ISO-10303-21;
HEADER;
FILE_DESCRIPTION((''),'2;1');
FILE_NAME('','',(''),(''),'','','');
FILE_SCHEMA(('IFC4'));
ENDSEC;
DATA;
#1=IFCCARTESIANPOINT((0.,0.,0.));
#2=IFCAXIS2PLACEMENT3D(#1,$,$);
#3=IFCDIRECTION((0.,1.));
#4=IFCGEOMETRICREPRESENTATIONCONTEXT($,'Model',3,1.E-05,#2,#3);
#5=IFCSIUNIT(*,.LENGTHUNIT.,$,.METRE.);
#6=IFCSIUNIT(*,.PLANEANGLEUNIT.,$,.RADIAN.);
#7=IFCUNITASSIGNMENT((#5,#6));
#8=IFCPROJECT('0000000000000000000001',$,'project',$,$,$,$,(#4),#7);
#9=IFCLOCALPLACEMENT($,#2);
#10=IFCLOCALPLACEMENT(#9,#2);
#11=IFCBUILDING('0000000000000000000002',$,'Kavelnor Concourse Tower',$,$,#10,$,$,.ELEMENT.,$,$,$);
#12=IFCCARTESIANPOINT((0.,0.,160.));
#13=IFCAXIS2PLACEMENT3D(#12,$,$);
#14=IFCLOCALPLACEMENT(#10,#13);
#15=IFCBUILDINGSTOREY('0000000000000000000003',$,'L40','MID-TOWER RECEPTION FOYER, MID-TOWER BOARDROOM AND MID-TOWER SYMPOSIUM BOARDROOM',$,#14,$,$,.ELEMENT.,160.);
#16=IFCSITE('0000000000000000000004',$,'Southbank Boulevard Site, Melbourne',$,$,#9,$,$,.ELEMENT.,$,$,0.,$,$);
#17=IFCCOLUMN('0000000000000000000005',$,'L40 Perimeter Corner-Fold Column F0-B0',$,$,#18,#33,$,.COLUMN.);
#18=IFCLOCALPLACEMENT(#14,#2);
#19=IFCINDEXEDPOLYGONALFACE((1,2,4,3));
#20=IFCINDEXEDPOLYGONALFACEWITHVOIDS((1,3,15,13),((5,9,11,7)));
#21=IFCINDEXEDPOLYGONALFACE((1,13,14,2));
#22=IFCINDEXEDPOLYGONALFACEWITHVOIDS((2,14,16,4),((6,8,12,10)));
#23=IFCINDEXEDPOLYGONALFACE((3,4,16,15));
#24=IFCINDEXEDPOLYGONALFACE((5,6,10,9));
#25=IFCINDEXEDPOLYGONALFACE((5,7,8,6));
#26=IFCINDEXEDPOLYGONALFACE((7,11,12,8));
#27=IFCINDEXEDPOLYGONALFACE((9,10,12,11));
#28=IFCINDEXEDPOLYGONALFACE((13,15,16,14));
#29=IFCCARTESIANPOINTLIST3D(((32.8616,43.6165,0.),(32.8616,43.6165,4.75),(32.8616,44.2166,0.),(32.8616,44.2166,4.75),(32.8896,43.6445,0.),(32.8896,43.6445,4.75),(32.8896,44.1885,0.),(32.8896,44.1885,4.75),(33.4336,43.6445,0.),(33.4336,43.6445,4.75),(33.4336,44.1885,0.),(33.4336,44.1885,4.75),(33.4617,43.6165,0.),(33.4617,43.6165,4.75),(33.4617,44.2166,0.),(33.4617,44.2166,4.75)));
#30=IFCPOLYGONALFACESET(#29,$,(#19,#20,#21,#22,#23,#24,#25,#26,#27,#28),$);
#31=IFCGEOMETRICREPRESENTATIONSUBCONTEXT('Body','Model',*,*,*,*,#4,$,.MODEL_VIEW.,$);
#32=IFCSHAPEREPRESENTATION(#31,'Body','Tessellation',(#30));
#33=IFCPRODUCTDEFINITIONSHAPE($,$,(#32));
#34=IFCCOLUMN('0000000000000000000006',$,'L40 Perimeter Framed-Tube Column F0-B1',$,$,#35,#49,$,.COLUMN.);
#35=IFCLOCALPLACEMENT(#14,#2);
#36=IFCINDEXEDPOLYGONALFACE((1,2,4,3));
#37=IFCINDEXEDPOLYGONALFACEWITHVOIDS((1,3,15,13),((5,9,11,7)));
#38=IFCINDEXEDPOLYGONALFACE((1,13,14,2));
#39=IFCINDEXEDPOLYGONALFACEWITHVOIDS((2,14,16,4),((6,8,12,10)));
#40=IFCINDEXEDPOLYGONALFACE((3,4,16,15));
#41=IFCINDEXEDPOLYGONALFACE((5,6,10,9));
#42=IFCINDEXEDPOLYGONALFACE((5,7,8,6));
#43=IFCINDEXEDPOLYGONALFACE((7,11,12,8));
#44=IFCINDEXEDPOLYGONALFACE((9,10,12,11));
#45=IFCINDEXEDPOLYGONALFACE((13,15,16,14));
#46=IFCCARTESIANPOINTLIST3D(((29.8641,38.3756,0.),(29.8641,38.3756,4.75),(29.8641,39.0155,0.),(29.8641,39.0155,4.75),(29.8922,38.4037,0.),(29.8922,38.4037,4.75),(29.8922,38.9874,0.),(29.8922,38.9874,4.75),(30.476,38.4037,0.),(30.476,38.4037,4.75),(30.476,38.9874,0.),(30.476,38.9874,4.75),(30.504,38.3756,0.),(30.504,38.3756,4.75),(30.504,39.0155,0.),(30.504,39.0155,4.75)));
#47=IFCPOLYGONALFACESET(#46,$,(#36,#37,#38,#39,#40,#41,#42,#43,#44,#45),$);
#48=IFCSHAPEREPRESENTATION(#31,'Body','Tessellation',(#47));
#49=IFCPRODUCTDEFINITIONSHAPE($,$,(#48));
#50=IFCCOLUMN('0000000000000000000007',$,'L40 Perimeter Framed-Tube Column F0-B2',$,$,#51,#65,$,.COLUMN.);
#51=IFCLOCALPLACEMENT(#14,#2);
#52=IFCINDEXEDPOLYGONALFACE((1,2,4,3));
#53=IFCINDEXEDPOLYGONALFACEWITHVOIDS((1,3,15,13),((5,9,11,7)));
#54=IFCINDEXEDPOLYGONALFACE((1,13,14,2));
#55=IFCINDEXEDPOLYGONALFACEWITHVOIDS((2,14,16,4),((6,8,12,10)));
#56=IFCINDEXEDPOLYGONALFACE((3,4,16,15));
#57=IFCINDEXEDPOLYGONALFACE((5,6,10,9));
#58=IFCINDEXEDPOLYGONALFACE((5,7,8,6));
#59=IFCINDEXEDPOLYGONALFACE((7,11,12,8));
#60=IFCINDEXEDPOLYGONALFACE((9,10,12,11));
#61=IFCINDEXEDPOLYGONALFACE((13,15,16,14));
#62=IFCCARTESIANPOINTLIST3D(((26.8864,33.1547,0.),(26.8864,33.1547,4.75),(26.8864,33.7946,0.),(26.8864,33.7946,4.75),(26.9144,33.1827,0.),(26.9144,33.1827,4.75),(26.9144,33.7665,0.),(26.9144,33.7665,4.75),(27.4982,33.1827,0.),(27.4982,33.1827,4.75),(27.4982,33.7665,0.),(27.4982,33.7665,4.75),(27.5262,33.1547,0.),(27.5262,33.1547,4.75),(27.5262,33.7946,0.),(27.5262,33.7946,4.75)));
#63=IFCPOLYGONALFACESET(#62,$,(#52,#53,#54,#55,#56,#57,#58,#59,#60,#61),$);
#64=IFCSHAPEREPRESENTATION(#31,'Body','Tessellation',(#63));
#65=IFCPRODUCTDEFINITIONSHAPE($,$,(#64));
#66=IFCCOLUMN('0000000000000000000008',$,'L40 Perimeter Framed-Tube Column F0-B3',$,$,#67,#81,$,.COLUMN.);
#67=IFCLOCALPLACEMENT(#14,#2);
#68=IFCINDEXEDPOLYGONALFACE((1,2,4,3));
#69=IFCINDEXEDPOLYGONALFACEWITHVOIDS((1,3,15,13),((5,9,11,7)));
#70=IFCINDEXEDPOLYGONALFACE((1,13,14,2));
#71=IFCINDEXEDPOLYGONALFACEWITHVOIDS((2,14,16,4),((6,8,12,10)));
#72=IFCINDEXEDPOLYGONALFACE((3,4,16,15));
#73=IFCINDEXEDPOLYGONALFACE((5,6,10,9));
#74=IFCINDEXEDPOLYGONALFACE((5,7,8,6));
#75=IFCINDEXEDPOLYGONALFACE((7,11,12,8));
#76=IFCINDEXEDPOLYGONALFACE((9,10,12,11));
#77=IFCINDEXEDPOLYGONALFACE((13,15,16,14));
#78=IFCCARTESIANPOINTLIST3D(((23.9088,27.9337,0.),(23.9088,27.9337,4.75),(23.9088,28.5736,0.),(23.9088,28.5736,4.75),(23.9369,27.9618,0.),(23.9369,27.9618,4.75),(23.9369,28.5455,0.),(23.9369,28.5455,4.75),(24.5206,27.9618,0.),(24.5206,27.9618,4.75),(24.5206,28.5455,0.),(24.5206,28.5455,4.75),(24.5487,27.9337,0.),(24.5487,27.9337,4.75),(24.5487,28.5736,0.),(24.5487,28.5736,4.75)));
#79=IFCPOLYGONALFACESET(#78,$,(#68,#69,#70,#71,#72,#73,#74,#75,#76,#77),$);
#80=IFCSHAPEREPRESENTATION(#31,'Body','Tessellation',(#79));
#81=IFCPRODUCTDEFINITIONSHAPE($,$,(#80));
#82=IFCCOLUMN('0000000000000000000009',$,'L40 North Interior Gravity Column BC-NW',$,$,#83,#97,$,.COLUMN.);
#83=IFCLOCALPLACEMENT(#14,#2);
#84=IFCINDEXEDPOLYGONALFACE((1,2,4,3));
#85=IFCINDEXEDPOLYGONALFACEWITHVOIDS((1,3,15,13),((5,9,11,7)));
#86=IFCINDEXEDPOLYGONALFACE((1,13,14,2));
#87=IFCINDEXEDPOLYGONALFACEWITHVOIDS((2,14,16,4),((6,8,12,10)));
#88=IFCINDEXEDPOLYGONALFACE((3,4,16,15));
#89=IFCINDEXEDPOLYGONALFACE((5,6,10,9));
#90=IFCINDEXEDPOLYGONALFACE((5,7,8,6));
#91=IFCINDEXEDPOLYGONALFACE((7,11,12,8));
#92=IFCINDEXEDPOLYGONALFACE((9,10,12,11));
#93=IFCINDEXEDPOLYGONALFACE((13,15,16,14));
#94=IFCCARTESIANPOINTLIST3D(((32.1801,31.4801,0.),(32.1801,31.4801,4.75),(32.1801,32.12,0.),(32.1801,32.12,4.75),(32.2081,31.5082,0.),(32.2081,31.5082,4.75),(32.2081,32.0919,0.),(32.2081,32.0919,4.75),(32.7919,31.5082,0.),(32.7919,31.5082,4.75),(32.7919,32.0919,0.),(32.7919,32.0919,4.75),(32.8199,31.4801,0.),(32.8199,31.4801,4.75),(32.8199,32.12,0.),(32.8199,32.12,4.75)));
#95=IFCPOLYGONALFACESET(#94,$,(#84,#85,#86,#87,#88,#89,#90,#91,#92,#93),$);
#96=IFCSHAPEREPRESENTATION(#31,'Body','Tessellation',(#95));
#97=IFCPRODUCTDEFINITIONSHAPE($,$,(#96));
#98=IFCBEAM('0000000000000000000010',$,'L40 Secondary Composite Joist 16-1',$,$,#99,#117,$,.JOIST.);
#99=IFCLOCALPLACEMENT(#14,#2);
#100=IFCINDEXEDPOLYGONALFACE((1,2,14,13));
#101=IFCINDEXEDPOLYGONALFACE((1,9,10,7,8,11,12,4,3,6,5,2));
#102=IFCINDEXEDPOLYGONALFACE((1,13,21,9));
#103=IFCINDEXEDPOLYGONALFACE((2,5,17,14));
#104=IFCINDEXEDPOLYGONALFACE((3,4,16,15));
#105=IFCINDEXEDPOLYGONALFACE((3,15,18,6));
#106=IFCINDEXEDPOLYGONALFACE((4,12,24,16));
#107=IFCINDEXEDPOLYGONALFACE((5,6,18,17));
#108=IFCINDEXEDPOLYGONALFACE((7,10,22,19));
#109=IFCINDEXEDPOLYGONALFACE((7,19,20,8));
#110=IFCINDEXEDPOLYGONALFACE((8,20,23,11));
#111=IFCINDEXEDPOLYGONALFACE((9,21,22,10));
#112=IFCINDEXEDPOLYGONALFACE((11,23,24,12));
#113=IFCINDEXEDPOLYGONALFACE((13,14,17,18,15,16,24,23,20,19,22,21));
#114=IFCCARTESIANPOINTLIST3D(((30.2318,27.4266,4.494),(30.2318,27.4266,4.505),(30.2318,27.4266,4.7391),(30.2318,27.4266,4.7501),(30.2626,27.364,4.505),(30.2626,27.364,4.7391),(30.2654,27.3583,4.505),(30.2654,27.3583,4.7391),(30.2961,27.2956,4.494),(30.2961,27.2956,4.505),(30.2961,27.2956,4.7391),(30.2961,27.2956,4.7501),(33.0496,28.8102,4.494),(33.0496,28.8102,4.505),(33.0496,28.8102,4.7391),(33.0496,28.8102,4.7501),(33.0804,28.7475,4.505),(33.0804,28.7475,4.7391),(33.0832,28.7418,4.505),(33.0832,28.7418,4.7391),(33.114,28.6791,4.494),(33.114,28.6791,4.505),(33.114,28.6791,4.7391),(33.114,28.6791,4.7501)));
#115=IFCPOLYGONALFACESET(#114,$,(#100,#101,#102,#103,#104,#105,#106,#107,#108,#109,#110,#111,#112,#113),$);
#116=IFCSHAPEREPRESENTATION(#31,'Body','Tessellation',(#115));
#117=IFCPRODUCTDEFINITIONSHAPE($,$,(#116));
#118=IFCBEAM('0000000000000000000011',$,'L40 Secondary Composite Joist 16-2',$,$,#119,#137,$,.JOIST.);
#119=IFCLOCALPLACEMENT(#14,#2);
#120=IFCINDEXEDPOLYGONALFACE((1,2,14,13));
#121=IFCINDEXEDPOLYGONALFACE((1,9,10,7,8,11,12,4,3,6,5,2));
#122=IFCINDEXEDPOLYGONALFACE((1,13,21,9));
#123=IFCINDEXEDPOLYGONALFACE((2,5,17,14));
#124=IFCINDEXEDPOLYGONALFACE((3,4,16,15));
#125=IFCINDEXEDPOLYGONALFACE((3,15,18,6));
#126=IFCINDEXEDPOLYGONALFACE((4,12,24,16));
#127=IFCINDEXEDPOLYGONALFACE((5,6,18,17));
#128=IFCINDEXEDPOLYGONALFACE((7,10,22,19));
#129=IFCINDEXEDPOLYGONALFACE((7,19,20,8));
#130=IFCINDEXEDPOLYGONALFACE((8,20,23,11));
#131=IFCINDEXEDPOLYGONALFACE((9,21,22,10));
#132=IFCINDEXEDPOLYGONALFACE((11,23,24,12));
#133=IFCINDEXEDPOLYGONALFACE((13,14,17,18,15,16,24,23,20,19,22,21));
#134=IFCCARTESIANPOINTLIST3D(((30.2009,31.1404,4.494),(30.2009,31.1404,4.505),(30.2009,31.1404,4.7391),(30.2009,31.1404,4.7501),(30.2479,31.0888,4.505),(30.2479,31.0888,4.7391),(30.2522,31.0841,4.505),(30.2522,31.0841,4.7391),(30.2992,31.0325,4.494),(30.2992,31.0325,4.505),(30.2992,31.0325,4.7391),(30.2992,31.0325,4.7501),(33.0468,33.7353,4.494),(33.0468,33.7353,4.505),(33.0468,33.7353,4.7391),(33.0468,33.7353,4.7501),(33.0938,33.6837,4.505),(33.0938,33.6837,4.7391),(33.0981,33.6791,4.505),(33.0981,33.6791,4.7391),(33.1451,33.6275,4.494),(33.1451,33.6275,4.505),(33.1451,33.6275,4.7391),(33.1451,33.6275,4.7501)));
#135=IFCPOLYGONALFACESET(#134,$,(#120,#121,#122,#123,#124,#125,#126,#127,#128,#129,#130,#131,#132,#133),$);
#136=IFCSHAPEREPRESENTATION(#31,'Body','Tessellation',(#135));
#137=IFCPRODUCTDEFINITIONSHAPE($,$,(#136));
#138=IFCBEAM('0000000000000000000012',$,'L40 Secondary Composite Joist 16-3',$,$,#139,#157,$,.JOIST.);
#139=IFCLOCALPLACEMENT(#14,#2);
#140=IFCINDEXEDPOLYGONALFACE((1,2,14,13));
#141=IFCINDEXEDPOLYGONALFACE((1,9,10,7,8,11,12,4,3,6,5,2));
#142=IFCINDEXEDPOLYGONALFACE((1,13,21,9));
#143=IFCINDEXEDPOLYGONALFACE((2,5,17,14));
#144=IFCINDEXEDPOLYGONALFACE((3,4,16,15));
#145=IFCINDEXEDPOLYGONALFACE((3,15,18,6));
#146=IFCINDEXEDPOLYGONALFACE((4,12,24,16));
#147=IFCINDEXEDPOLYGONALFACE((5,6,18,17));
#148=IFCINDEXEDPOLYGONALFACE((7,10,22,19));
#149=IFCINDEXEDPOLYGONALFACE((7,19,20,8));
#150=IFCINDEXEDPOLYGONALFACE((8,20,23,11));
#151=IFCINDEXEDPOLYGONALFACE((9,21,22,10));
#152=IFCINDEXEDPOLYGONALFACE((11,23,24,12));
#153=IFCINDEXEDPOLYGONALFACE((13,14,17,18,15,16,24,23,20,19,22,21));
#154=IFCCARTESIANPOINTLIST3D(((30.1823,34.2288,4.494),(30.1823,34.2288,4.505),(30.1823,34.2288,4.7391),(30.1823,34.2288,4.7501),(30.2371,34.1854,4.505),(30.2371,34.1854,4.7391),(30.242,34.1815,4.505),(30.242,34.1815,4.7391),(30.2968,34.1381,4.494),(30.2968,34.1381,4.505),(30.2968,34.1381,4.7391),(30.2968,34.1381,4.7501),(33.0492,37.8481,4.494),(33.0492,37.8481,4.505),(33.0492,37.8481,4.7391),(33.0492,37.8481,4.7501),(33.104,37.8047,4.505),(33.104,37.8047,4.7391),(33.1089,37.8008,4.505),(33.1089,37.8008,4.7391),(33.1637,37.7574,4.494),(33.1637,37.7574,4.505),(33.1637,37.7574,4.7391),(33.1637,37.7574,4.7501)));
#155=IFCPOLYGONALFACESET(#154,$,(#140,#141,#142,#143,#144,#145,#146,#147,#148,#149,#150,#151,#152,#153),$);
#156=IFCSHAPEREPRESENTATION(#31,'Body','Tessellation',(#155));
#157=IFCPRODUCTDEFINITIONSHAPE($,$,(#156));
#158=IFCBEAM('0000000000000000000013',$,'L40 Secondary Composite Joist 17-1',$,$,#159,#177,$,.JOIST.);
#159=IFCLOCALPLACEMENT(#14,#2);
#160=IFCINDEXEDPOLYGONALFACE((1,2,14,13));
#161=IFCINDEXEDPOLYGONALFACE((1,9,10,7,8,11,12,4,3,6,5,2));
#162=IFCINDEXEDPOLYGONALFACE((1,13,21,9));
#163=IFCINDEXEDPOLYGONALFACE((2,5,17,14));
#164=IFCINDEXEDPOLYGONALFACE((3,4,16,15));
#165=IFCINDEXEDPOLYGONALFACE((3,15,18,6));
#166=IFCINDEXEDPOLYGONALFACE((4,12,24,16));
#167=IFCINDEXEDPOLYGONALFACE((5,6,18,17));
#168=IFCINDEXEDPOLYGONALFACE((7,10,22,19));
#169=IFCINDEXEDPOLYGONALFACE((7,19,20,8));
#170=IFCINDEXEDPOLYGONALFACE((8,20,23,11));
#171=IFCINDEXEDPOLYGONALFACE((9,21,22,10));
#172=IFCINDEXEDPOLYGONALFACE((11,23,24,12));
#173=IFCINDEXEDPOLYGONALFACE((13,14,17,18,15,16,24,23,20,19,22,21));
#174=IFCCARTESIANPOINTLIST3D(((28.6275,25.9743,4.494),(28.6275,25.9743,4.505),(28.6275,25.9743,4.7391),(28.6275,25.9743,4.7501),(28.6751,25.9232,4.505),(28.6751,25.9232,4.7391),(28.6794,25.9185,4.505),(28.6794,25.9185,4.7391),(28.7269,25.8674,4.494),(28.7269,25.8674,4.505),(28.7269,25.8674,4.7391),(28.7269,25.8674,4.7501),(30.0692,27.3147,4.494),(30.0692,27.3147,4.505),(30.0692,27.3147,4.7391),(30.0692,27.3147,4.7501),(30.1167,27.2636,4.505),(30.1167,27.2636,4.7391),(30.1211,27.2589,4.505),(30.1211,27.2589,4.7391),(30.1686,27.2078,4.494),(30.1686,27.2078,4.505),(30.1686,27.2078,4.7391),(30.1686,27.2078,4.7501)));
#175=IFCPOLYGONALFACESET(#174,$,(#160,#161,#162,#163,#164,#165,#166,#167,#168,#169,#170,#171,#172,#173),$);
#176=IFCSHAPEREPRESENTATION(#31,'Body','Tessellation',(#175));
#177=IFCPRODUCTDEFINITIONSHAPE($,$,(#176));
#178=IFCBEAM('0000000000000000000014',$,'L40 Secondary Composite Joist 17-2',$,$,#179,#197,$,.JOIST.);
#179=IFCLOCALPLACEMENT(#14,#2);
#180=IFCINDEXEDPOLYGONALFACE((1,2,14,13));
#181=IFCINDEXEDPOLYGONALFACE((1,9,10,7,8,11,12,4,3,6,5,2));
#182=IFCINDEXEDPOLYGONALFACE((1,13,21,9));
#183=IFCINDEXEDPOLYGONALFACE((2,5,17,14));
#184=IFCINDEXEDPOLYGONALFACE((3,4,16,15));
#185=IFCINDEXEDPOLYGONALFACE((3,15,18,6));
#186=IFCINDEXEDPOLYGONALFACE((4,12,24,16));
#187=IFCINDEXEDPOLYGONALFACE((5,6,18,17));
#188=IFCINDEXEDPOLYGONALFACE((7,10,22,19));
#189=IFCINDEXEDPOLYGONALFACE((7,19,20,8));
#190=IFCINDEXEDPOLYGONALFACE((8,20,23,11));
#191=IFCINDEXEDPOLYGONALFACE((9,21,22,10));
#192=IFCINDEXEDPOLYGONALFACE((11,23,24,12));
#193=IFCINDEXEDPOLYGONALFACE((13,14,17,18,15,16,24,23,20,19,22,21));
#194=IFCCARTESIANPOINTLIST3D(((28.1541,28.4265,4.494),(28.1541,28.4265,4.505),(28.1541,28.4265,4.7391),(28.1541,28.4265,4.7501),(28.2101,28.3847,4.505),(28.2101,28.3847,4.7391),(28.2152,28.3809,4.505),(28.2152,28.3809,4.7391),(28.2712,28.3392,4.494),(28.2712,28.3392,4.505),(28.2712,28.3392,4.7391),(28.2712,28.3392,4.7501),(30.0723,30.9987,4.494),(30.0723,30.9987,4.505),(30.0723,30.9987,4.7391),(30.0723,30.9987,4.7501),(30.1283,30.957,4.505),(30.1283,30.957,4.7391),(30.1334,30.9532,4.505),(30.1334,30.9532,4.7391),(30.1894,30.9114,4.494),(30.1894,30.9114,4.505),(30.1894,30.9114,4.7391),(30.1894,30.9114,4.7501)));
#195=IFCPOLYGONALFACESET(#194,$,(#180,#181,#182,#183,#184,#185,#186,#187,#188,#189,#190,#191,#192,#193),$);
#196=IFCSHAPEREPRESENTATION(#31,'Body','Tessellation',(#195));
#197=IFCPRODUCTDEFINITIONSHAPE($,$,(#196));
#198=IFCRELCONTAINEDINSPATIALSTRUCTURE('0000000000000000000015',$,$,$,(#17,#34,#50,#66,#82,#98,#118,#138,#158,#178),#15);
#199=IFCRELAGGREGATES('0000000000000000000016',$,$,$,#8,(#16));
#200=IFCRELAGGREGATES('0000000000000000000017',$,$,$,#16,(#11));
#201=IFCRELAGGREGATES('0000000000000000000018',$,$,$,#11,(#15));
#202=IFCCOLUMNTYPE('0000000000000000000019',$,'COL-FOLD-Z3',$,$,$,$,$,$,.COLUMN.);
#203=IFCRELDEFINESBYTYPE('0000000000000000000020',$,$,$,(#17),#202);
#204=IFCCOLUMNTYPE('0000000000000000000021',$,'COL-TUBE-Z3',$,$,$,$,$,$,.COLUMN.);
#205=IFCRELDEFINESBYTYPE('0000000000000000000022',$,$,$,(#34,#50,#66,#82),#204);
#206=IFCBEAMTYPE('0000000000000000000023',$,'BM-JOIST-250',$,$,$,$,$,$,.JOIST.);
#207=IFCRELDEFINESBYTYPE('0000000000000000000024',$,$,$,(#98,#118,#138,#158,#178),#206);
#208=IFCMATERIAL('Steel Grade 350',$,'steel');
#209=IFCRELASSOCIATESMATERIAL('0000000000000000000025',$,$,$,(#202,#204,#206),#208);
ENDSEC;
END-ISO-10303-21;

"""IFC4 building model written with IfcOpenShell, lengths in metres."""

from ifc_helpers import new_model, si_unit, direction, frame, origin, origin_2d, place, context, subcontext, project, spatial, hollow_rectangle, i_section, extrude, material, material_profile, profile_set, type_object, element, save


model = new_model("IFC4")

# Units and contexts
model_context = context("Model", 3, precision=1e-05, world=origin(), true_north=direction((0.0, 1.0)))
body_context = subcontext(model_context, "Body", "Model", "MODEL_VIEW")
ifc_project = project(units=[si_unit("LENGTHUNIT", "METRE"), si_unit("PLANEANGLEUNIT", "RADIAN")], contexts=[model_context])

# Site, building, storey
site_placement = place(None, origin())
site = spatial("IfcSite", under=ifc_project, at=site_placement, Name="Southbank Boulevard Site, Melbourne", CompositionType="ELEMENT", RefElevation=0.0)
building_placement = place(site_placement, origin())
building = spatial("IfcBuilding", under=site, at=building_placement, Name="Kavelnor Concourse Tower", CompositionType="ELEMENT")
storey_placement = place(building_placement, frame((0.0, 0.0, 160.0)))
storey = spatial("IfcBuildingStorey", under=building, at=storey_placement, Name="L40", Description="MID-TOWER RECEPTION FOYER, MID-TOWER BOARDROOM AND MID-TOWER SYMPOSIUM BOARDROOM", CompositionType="ELEMENT", Elevation=160.0)

# Columns
ifc_material_1 = material(Name="Steel Grade 350", Category="steel")
ifc_material_profile_1 = material_profile(ifc_material_1, hollow_rectangle(XDim=0.6001, YDim=0.6001, WallThickness=0.0281, at=origin_2d()), Name="SHS 600x600x28")
ifc_profile_set_1 = profile_set([ifc_material_profile_1], Name="Steel Grade 350")
column_type_1 = type_object("IfcColumnType", Name="COL-FOLD-Z3", PredefinedType="COLUMN", material=ifc_profile_set_1)
column_placement = place(storey_placement, frame((33.1616, 43.9165, 0.0), z_axis=(0.0, 0.0, 1.0), x_axis=(1.0, 0.0, 0.0)))
element("IfcColumn", 1, at=column_placement, inside=storey, type_object=column_type_1, Name="L40 Perimeter Corner-Fold Column F0-B0", PredefinedType="COLUMN", context=body_context, shape_type="SweptSolid", body=[
    extrude(hollow_rectangle(XDim=0.6001, YDim=0.6001, WallThickness=0.0281, at=origin_2d()), origin(), (0.0, 0.0, 1.0), 4.75),
])
ifc_material_profile_2 = material_profile(ifc_material_1, hollow_rectangle(XDim=0.6399, YDim=0.6399, WallThickness=0.0281, at=origin_2d()), Name="SHS 640x640x28")
ifc_profile_set_2 = profile_set([ifc_material_profile_2], Name="Steel Grade 350")
column_type_2 = type_object("IfcColumnType", Name="COL-TUBE-Z3", PredefinedType="COLUMN", material=ifc_profile_set_2)
for number, where, z_axis, x_axis, name in (
    (2, (30.1841, 38.6956, 0.0), (0.0, 0.0, 1.0), (1.0, 0.0, 0.0), "L40 Perimeter Framed-Tube Column F0-B1"),
    (3, (27.2063, 33.4746, 0.0), (0.0, 0.0, 1.0), (1.0, 0.0, 0.0), "L40 Perimeter Framed-Tube Column F0-B2"),
    (4, (24.2288, 28.2537, 0.0), (0.0, 0.0, 1.0), (1.0, 0.0, 0.0), "L40 Perimeter Framed-Tube Column F0-B3"),
    (5, (32.5, 31.8, 0.0), (0.0, 0.0, 1.0), (1.0, 0.0, 0.0), "L40 North Interior Gravity Column BC-NW"),
):
    element("IfcColumn", number, at=place(storey_placement, frame(where, z_axis=z_axis, x_axis=x_axis)), inside=storey, type_object=column_type_2, Name=name, PredefinedType="COLUMN", context=body_context, shape_type="SweptSolid", body=[
        extrude(hollow_rectangle(XDim=0.6399, YDim=0.6399, WallThickness=0.0281, at=origin_2d()), origin(), (0.0, 0.0, 1.0), 4.75),
    ])

# Beams
ifc_material_profile_3 = material_profile(ifc_material_1, i_section(OverallWidth=0.146, OverallDepth=0.2561, WebThickness=0.0063, FlangeThickness=0.011, at=origin_2d()), Name="250UB37")
ifc_profile_set_3 = profile_set([ifc_material_profile_3], Name="Steel Grade 350")
beam_type_1 = type_object("IfcBeamType", Name="BM-JOIST-250", PredefinedType="JOIST", material=ifc_profile_set_3)
beam_1_placement = place(storey_placement, frame((33.0818, 28.7446, 4.6221), z_axis=(-0.897639, -0.440731, 0.0), x_axis=(0.440731, -0.897639, 0.0)))
element("IfcBeam", 6, at=beam_1_placement, inside=storey, type_object=beam_type_1, Name="L40 Secondary Composite Joist 16-1", PredefinedType="JOIST", context=body_context, shape_type="SweptSolid", body=[
    extrude(i_section(OverallWidth=0.146, OverallDepth=0.2561, WebThickness=0.0063, FlangeThickness=0.011, at=origin_2d()), origin(), (0.0, 0.0, 1.0), 3.1392),
])
beam_2_placement = place(storey_placement, frame((33.0959, 33.6814, 4.6221), z_axis=(-0.738938, -0.673773, 0.0), x_axis=(0.673773, -0.738938, 0.0)))
element("IfcBeam", 7, at=beam_2_placement, inside=storey, type_object=beam_type_1, Name="L40 Secondary Composite Joist 16-2", PredefinedType="JOIST", context=body_context, shape_type="SweptSolid", body=[
    extrude(i_section(OverallWidth=0.146, OverallDepth=0.2561, WebThickness=0.0063, FlangeThickness=0.011, at=origin_2d()), origin(), (0.0, 0.0, 1.0), 3.8513),
])
beam_3_placement = place(storey_placement, frame((33.1064, 37.8027, 4.6221), z_axis=(-0.620916, -0.783877, 0.0), x_axis=(0.783877, -0.620916, 0.0)))
element("IfcBeam", 8, at=beam_3_placement, inside=storey, type_object=beam_type_1, Name="L40 Secondary Composite Joist 16-3", PredefinedType="JOIST", context=body_context, shape_type="SweptSolid", body=[
    extrude(i_section(OverallWidth=0.146, OverallDepth=0.2561, WebThickness=0.0063, FlangeThickness=0.011, at=origin_2d()), origin(), (0.0, 0.0, 1.0), 4.6172),
])
beam_4_placement = place(storey_placement, frame((30.1189, 27.2612, 4.6221), z_axis=(-0.732374, -0.680903, 0.0), x_axis=(0.680903, -0.732374, 0.0)))
element("IfcBeam", 9, at=beam_4_placement, inside=storey, type_object=beam_type_1, Name="L40 Secondary Composite Joist 17-1", PredefinedType="JOIST", context=body_context, shape_type="SweptSolid", body=[
    extrude(i_section(OverallWidth=0.146, OverallDepth=0.2561, WebThickness=0.0063, FlangeThickness=0.011, at=origin_2d()), origin(), (0.0, 0.0, 1.0), 1.9685),
])
beam_5_placement = place(storey_placement, frame((30.1309, 30.9551, 4.6221), z_axis=(-0.597806, -0.80164, 0.0), x_axis=(0.80164, -0.597806, 0.0)))
element("IfcBeam", 10, at=beam_5_placement, inside=storey, type_object=beam_type_1, Name="L40 Secondary Composite Joist 17-2", PredefinedType="JOIST", context=body_context, shape_type="SweptSolid", body=[
    extrude(i_section(OverallWidth=0.146, OverallDepth=0.2561, WebThickness=0.0063, FlangeThickness=0.011, at=origin_2d()), origin(), (0.0, 0.0, 1.0), 3.2087),
])

save(model, "model.ifc")
